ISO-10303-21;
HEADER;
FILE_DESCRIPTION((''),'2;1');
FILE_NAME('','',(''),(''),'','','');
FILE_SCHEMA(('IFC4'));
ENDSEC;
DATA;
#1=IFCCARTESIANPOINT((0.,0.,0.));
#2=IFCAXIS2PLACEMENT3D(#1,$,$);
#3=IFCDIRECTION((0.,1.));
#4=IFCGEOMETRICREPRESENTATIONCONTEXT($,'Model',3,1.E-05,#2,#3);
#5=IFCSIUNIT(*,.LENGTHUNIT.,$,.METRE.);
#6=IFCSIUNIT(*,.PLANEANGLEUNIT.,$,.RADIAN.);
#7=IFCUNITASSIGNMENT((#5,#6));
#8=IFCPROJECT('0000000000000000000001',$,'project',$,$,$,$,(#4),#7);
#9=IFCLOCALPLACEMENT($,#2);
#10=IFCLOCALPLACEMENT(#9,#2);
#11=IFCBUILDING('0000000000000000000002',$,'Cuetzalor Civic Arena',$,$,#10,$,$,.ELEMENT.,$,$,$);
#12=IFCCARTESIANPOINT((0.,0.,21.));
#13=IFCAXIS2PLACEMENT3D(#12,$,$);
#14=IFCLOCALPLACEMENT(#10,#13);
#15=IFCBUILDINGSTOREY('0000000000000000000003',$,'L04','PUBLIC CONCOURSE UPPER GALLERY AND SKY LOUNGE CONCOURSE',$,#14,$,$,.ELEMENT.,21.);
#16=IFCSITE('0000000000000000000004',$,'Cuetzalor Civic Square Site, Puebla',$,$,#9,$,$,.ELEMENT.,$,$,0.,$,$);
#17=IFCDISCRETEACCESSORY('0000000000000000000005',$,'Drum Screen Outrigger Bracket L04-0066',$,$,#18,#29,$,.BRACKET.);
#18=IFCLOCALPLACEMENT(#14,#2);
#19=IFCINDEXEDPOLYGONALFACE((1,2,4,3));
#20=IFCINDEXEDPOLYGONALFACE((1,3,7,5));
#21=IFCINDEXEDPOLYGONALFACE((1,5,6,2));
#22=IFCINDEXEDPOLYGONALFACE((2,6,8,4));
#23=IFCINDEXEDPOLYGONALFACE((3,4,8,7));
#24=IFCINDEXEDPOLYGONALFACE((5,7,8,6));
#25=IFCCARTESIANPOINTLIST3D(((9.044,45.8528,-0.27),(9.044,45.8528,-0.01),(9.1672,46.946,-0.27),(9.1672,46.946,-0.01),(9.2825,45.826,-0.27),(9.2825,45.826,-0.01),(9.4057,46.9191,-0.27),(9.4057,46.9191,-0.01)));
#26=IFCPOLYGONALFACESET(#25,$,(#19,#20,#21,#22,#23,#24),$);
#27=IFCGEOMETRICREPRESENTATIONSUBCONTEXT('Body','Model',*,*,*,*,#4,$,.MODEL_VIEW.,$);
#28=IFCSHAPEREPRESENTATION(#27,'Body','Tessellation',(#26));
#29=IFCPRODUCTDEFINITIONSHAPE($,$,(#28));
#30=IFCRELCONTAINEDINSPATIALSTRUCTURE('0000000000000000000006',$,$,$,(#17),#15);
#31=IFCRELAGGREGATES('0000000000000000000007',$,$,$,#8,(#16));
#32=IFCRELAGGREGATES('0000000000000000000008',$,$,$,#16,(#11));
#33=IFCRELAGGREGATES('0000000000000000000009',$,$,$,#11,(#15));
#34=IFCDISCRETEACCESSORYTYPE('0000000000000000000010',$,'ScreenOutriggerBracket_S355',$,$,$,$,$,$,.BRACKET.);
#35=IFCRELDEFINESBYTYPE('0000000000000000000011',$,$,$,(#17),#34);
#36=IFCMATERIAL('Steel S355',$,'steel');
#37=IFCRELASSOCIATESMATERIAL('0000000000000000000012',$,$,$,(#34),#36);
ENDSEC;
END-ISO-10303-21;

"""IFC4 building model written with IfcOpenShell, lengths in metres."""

from ifc_helpers import new_model, si_unit, direction, frame, origin, origin_2d, place, context, subcontext, project, spatial, rectangle, extrude, material, type_object, element, save


model = new_model("IFC4")

# Units and contexts
model_context = context("Model", 3, precision=1e-05, world=origin(), true_north=direction((0.0, 1.0)))
body_context = subcontext(model_context, "Body", "Model", "MODEL_VIEW")
ifc_project = project(units=[si_unit("LENGTHUNIT", "METRE"), si_unit("PLANEANGLEUNIT", "RADIAN")], contexts=[model_context])

# Site, building, storey
site_placement = place(None, origin())
site = spatial("IfcSite", under=ifc_project, at=site_placement, Name="Cuetzalor Civic Square Site, Puebla", CompositionType="ELEMENT", RefElevation=0.0)
building_placement = place(site_placement, origin())
building = spatial("IfcBuilding", under=site, at=building_placement, Name="Cuetzalor Civic Arena", CompositionType="ELEMENT")
storey_placement = place(building_placement, frame((0.0, 0.0, 21.0)))
storey = spatial("IfcBuildingStorey", under=building, at=storey_placement, Name="L04", Description="PUBLIC CONCOURSE UPPER GALLERY AND SKY LOUNGE CONCOURSE", CompositionType="ELEMENT", Elevation=21.0)

# Discrete accessory
ifc_material_1 = material(Name="Steel S355", Category="steel")
discrete_accessory_type = type_object("IfcDiscreteAccessoryType", Name="ScreenOutriggerBracket_S355", PredefinedType="BRACKET", material=ifc_material_1)
discrete_accessory_placement = place(storey_placement, frame((9.2249, 46.386, -0.27), z_axis=(0.0, 0.0, 1.0), x_axis=(0.111989, 0.993709, 0.0)))
element("IfcDiscreteAccessory", 1, at=discrete_accessory_placement, inside=storey, type_object=discrete_accessory_type, Name="Drum Screen Outrigger Bracket L04-0066", PredefinedType="BRACKET", context=body_context, shape_type="SweptSolid", body=[
    extrude(rectangle(XDim=1.1001, YDim=0.24, at=origin_2d()), origin(), (0.0, 0.0, 1.0), 0.26),
])

save(model, "model.ifc")
